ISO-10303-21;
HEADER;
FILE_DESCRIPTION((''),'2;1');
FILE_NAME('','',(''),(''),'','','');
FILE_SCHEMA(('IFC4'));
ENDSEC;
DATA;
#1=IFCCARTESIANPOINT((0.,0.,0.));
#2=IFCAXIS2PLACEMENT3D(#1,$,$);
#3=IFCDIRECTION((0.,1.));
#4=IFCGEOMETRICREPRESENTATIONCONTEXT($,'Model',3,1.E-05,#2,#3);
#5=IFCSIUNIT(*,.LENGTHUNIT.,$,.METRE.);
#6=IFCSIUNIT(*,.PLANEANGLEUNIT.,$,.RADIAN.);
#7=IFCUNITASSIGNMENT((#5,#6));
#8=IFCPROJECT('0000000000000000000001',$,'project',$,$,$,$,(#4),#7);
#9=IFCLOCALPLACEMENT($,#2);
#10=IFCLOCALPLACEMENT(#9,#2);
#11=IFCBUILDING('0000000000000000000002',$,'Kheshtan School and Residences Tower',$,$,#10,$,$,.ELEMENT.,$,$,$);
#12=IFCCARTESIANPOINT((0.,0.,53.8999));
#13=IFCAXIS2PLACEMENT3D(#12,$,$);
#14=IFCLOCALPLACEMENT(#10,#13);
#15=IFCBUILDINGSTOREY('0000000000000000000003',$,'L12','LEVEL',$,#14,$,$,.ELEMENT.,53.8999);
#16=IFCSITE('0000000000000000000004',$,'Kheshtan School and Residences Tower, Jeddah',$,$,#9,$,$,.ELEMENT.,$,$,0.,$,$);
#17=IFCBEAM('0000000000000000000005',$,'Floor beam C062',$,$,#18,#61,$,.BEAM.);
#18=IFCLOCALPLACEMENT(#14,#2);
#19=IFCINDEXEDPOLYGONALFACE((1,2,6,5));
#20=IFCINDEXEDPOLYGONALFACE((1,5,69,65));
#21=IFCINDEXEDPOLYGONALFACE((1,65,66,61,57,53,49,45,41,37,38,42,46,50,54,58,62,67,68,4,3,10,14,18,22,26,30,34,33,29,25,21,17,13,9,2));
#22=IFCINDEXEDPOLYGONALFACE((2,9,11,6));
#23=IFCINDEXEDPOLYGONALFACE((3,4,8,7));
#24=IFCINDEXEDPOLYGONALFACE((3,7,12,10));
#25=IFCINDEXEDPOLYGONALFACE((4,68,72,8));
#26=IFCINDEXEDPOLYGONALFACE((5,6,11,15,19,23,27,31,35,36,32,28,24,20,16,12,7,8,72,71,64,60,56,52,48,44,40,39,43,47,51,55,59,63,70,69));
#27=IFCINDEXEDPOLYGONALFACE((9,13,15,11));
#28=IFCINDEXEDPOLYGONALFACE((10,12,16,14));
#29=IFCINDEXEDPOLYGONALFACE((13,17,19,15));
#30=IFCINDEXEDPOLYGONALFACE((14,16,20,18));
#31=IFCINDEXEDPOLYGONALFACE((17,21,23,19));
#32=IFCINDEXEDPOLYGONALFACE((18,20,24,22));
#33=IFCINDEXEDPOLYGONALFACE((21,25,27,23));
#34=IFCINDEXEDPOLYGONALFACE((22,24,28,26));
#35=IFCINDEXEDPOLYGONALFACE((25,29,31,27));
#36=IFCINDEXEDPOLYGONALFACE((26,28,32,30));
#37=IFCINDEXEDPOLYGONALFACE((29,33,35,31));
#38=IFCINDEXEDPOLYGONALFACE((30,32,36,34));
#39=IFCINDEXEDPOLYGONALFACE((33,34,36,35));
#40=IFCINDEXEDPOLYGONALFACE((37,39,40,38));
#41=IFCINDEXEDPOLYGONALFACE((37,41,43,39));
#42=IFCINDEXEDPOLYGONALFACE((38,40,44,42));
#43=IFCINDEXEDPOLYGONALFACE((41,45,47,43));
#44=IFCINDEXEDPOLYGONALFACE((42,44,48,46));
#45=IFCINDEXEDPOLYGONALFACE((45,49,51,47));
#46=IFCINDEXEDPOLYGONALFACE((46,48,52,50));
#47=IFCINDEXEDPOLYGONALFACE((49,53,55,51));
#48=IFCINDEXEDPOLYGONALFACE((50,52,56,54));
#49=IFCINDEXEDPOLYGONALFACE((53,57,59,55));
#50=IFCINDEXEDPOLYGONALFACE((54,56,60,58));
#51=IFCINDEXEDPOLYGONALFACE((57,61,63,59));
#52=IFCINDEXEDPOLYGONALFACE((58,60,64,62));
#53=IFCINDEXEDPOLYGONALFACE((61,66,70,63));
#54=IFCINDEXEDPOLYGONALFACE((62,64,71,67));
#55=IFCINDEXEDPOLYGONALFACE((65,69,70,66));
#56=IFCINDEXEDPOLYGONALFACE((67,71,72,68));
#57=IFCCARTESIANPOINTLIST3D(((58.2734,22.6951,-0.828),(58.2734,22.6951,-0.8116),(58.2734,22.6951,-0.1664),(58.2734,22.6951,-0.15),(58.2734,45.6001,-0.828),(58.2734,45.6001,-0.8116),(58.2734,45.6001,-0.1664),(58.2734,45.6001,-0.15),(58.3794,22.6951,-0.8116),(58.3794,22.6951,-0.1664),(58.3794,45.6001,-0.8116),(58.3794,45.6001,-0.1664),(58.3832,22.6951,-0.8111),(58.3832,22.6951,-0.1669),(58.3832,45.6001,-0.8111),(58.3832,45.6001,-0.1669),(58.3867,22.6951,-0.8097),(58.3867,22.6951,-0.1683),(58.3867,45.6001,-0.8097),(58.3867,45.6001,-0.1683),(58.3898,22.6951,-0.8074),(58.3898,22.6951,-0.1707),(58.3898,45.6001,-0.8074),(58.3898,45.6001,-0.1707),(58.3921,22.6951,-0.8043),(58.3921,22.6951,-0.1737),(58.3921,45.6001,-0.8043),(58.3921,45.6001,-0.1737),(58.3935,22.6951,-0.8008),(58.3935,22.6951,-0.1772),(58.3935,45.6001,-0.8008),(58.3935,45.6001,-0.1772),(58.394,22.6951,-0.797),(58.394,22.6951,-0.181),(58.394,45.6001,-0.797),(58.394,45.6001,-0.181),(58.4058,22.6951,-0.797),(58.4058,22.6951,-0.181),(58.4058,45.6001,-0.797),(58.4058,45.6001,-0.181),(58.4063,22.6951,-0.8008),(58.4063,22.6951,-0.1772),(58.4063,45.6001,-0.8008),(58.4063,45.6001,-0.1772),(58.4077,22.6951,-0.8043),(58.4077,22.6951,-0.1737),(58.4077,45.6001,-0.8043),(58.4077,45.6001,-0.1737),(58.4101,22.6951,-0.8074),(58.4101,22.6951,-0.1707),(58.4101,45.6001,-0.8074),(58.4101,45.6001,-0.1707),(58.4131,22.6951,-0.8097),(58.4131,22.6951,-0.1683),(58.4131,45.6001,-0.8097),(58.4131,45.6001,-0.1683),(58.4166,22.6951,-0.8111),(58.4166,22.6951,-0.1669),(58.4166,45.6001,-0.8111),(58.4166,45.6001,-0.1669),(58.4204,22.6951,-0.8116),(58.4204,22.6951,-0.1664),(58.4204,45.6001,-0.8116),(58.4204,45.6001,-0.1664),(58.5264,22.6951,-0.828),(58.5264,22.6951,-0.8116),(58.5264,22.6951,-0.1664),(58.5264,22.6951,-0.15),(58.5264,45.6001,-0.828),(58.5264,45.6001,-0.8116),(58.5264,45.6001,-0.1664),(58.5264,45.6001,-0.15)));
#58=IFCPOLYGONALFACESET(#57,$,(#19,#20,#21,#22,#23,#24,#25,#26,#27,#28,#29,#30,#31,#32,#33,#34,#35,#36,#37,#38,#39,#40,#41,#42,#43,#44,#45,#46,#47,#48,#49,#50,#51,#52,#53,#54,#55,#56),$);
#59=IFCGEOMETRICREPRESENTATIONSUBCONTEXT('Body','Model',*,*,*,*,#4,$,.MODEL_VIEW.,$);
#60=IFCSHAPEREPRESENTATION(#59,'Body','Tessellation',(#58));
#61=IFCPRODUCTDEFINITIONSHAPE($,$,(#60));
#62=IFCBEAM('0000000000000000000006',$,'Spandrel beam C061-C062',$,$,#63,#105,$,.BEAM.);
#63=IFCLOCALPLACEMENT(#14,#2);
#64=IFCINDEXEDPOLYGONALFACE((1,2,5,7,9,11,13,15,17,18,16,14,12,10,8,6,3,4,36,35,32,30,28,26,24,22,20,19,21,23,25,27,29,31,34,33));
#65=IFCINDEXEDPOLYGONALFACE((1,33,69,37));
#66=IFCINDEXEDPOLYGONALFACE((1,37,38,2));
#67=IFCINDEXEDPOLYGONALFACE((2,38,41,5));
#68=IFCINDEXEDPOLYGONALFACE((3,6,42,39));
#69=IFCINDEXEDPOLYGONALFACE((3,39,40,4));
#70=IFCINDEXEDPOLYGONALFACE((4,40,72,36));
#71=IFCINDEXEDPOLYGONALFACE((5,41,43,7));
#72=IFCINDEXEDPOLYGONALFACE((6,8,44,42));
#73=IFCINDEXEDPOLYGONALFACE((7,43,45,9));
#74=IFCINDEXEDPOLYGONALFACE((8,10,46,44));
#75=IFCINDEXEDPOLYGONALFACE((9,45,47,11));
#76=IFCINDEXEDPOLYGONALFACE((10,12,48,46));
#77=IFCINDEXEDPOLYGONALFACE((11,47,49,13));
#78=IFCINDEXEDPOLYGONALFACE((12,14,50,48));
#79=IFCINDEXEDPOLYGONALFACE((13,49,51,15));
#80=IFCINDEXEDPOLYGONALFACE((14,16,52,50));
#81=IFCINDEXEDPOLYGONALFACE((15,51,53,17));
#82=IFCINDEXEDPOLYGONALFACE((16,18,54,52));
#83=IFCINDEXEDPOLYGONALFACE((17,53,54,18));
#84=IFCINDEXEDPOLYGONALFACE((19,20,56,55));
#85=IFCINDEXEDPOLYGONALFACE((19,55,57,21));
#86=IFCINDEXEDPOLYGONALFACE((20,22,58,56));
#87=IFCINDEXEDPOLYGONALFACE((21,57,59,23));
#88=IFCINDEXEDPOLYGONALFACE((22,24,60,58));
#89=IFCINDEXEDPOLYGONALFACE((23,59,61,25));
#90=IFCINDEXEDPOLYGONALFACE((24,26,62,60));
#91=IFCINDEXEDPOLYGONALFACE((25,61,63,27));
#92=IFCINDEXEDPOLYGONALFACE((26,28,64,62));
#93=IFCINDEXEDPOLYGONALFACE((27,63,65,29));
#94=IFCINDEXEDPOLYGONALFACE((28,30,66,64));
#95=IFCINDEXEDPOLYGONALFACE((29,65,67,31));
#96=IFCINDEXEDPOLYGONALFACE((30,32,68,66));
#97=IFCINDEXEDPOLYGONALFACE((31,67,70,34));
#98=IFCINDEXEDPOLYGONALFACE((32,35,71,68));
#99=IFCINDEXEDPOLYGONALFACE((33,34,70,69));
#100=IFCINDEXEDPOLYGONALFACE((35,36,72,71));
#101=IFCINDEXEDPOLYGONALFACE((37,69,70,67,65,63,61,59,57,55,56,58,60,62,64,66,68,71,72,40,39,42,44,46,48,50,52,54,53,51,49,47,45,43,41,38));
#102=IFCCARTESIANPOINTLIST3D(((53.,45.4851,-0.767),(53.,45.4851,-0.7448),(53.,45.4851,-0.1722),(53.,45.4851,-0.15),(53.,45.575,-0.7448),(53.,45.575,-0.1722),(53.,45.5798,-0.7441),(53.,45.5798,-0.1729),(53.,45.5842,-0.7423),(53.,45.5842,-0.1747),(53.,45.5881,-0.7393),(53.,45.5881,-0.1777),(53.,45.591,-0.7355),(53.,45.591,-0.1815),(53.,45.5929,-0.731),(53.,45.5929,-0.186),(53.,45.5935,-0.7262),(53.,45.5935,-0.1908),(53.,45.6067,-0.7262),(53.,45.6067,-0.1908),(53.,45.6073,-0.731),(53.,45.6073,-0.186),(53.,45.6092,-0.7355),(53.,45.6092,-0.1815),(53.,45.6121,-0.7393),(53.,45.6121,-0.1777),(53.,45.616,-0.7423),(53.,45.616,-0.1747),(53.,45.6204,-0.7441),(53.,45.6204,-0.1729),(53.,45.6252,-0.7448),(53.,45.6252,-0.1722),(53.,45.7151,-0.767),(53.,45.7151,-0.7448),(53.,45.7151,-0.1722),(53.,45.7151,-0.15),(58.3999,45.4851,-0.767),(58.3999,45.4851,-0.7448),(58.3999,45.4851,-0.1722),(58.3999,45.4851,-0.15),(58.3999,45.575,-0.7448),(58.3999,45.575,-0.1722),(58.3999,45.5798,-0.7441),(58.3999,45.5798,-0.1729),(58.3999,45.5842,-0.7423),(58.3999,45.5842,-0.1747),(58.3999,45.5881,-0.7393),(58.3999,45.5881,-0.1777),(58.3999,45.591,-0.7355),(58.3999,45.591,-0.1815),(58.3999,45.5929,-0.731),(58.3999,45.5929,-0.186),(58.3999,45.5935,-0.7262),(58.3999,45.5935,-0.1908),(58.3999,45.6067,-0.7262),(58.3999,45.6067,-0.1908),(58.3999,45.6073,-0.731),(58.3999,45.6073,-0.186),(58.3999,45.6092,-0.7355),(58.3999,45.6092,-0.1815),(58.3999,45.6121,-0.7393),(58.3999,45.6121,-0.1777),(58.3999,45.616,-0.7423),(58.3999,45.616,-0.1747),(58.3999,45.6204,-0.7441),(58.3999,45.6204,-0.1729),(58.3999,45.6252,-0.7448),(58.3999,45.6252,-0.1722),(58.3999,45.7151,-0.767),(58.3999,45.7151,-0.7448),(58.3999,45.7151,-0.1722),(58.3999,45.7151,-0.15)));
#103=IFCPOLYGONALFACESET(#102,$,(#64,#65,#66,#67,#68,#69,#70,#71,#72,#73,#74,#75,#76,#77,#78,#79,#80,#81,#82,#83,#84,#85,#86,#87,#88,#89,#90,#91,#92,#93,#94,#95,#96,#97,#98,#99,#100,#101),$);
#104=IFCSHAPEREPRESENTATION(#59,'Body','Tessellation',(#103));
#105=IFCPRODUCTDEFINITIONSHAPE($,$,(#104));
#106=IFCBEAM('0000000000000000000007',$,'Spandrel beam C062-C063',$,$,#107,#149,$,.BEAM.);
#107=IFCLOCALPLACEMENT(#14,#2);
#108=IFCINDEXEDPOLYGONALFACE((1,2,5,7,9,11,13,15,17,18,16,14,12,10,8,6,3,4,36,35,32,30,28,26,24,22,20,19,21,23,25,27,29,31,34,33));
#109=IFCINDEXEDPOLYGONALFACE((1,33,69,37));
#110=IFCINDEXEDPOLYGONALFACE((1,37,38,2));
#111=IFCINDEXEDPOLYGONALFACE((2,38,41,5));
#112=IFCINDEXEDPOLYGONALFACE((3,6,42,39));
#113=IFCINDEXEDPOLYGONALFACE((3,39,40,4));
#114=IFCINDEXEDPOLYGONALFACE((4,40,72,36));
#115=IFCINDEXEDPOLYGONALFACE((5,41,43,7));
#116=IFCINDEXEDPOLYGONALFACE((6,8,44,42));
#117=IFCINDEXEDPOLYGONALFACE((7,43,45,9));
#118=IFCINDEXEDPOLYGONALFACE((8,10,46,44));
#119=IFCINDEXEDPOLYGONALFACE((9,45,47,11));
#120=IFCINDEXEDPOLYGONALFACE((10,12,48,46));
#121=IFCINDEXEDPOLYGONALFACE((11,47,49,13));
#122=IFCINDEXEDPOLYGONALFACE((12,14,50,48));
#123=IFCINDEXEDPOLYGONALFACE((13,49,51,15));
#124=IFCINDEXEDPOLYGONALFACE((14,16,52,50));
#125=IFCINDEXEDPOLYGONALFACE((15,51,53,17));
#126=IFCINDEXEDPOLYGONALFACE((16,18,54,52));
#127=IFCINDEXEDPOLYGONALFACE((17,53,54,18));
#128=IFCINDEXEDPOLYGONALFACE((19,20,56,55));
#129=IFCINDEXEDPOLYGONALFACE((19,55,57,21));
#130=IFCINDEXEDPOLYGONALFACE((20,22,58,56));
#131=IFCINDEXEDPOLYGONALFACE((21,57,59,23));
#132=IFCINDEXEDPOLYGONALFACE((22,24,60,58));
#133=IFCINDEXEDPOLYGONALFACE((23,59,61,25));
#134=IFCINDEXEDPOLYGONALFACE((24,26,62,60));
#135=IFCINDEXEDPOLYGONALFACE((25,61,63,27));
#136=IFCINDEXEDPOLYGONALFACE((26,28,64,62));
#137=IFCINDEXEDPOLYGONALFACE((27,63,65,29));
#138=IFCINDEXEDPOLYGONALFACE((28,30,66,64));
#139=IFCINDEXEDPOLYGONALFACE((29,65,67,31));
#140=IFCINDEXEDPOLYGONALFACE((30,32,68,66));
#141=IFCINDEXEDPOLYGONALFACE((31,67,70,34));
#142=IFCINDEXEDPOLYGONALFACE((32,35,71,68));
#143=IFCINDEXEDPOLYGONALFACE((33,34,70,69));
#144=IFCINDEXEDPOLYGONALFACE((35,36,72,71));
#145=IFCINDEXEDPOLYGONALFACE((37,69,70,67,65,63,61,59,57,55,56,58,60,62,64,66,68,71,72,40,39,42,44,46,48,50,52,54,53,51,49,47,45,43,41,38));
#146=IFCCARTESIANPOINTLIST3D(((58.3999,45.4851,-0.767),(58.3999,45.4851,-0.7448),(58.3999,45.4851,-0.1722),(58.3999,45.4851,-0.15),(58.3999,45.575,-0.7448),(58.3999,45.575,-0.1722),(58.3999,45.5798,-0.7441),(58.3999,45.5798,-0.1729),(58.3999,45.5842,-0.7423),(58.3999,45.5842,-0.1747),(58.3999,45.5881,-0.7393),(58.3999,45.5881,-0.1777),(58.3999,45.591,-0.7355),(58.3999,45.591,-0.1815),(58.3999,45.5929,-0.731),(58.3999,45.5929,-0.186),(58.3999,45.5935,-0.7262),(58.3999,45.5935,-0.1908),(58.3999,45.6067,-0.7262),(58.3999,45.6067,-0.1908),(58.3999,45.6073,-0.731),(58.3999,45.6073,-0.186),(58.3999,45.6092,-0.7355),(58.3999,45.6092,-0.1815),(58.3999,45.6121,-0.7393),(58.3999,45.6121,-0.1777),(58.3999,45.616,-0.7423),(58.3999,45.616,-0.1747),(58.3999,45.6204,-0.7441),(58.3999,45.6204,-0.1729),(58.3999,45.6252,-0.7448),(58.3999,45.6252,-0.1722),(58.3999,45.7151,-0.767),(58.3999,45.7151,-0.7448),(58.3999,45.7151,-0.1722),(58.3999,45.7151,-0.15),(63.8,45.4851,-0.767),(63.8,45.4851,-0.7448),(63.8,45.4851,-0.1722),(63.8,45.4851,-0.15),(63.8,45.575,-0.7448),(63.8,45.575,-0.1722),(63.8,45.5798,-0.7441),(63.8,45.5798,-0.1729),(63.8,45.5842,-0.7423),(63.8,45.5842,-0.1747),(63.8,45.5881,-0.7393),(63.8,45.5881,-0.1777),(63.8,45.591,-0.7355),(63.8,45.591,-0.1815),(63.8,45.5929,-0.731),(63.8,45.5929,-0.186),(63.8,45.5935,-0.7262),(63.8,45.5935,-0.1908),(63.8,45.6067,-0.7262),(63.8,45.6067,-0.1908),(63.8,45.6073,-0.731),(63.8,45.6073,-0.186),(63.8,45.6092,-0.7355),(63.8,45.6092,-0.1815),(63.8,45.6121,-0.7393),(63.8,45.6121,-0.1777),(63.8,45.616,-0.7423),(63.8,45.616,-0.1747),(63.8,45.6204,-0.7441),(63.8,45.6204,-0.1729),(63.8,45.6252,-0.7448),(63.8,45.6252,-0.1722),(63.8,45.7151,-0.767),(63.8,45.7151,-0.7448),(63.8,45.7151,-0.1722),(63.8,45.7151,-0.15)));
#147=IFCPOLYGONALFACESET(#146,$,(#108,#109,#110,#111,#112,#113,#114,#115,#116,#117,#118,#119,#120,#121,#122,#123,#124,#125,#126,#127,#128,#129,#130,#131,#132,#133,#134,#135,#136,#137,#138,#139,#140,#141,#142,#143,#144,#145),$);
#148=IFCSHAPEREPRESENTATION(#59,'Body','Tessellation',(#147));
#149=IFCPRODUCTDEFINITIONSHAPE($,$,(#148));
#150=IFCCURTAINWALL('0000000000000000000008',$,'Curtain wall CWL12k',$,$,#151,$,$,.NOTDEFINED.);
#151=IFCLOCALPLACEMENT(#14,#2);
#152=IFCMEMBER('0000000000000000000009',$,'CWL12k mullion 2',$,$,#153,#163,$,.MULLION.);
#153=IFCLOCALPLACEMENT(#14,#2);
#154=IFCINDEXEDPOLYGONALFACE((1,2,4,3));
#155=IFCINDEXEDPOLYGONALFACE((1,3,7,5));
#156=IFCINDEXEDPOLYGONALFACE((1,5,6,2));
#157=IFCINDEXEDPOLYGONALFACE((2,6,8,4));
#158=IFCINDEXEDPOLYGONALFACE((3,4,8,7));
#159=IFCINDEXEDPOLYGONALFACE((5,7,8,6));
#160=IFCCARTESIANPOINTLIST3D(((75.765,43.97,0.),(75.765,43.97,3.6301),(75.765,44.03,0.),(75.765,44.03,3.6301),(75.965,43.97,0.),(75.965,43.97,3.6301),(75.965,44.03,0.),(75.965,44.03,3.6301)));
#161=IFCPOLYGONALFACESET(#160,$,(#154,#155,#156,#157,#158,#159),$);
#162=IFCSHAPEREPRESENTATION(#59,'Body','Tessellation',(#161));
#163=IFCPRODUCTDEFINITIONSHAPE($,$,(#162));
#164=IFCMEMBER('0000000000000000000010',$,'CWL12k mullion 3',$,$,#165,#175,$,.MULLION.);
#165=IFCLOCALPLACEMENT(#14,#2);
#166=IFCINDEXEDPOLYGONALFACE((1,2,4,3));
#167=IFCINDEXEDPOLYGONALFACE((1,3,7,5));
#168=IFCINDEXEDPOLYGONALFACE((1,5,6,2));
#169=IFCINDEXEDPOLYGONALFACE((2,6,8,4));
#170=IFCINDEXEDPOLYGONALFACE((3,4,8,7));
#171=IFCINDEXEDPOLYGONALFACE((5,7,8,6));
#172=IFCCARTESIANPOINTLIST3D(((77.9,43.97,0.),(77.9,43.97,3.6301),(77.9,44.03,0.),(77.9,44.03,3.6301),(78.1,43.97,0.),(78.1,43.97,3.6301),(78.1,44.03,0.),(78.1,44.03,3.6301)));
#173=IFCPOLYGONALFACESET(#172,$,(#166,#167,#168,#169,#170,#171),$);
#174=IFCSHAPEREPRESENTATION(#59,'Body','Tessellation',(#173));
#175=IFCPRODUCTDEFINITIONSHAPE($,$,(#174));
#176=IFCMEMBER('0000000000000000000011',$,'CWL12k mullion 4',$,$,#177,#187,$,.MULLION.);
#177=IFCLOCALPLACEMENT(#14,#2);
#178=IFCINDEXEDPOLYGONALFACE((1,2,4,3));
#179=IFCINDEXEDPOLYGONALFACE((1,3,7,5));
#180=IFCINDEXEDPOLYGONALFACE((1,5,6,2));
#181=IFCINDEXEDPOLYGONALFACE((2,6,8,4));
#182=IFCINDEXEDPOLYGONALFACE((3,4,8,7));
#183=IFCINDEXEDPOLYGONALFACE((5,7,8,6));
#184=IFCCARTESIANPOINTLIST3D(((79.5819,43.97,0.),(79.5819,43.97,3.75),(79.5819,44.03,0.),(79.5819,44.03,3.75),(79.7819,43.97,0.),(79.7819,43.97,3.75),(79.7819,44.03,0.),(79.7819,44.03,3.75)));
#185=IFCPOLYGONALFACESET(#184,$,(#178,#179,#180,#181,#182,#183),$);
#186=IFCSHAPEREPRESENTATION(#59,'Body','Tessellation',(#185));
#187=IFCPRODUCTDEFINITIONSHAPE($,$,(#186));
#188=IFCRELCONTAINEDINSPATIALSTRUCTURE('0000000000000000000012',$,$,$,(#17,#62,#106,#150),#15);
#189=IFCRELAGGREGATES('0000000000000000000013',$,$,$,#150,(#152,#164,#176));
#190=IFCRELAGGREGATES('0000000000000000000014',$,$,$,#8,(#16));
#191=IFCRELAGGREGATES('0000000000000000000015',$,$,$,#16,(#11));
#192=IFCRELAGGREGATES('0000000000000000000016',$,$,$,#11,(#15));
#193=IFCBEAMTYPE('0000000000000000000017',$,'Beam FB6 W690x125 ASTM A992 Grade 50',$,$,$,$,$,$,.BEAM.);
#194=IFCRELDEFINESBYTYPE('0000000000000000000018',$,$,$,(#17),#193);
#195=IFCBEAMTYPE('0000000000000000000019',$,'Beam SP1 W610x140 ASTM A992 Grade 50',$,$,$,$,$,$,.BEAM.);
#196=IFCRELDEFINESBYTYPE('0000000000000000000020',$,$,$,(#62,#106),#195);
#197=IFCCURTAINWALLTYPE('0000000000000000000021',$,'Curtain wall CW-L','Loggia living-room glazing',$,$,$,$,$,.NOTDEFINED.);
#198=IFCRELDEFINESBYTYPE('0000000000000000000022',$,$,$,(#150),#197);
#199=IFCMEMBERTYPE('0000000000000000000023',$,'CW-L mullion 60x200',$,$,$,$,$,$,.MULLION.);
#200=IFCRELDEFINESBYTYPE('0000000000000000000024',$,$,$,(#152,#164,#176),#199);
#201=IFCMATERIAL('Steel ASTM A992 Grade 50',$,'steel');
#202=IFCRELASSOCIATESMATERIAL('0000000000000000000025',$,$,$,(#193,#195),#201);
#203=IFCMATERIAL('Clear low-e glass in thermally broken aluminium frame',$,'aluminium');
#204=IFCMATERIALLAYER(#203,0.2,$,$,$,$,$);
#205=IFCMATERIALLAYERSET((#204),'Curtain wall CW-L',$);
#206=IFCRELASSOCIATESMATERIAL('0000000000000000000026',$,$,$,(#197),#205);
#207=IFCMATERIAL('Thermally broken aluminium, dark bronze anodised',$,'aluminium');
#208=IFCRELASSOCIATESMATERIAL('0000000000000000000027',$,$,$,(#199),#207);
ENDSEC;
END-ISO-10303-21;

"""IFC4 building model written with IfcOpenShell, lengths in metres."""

from ifc_helpers import new_model, si_unit, direction, frame, origin, origin_2d, place, context, subcontext, project, spatial, rectangle, i_section, extrude, material, layer, layer_set, material_profile, profile_set, type_object, element, aggregate, save


model = new_model("IFC4")

# Units and contexts
model_context = context("Model", 3, precision=1e-05, world=origin(), true_north=direction((0.0, 1.0)))
body_context = subcontext(model_context, "Body", "Model", "MODEL_VIEW")
ifc_project = project(units=[si_unit("LENGTHUNIT", "METRE"), si_unit("PLANEANGLEUNIT", "RADIAN")], contexts=[model_context])

# Site, building, storey
site_placement = place(None, origin())
site = spatial("IfcSite", under=ifc_project, at=site_placement, Name="Kheshtan School and Residences Tower, Jeddah", CompositionType="ELEMENT", RefElevation=0.0)
building_placement = place(site_placement, origin())
building = spatial("IfcBuilding", under=site, at=building_placement, Name="Kheshtan School and Residences Tower", CompositionType="ELEMENT")
storey_placement = place(building_placement, frame((0.0, 0.0, 53.8999)))
storey = spatial("IfcBuildingStorey", under=building, at=storey_placement, Name="L12", Description="LEVEL", CompositionType="ELEMENT", Elevation=53.8999)

# Shared definitions
ifc_material_1 = material(Name="Steel ASTM A992 Grade 50", Category="steel")

# Beams
ifc_material_profile_1 = material_profile(ifc_material_1, i_section(OverallWidth=0.2529, OverallDepth=0.678, WebThickness=0.0117, FlangeThickness=0.0164, FilletRadius=0.0146, at=origin_2d()), Name="W690x125")
ifc_profile_set_1 = profile_set([ifc_material_profile_1], Name="Steel ASTM A992 Grade 50")
beam_type_1 = type_object("IfcBeamType", Name="Beam FB6 W690x125 ASTM A992 Grade 50", PredefinedType="BEAM", material=ifc_profile_set_1)
beam_1_placement = place(storey_placement, frame((58.3999, 45.6001, -0.489), z_axis=(0.0, -1.0, 0.0), x_axis=(1.0, 0.0, 0.0)))
element("IfcBeam", 1, at=beam_1_placement, inside=storey, type_object=beam_type_1, Name="Floor beam C062", PredefinedType="BEAM", context=body_context, shape_type="SweptSolid", body=[
    extrude(i_section(OverallWidth=0.2529, OverallDepth=0.678, WebThickness=0.0117, FlangeThickness=0.0164, FilletRadius=0.0146, at=origin_2d()), origin(), (0.0, 0.0, 1.0), 22.905),
])
ifc_material_profile_2 = material_profile(ifc_material_1, i_section(OverallWidth=0.23, OverallDepth=0.6169, WebThickness=0.0132, FlangeThickness=0.0222, FilletRadius=0.0186, at=origin_2d()), Name="W610x140")
ifc_profile_set_2 = profile_set([ifc_material_profile_2], Name="Steel ASTM A992 Grade 50")
beam_type_2 = type_object("IfcBeamType", Name="Beam SP1 W610x140 ASTM A992 Grade 50", PredefinedType="BEAM", material=ifc_profile_set_2)
beam_2_placement = place(storey_placement, frame((53.0, 45.6001, -0.4585), z_axis=(1.0, 0.0, 0.0), x_axis=(0.0, 1.0, 0.0)))
element("IfcBeam", 2, at=beam_2_placement, inside=storey, type_object=beam_type_2, Name="Spandrel beam C061-C062", PredefinedType="BEAM", context=body_context, shape_type="SweptSolid", body=[
    extrude(i_section(OverallWidth=0.23, OverallDepth=0.6169, WebThickness=0.0132, FlangeThickness=0.0222, FilletRadius=0.0186, at=origin_2d()), origin(), (0.0, 0.0, 1.0), 5.3999),
])
beam_3_placement = place(storey_placement, frame((58.3999, 45.6001, -0.4585), z_axis=(1.0, 0.0, 0.0), x_axis=(0.0, 1.0, 0.0)))
element("IfcBeam", 3, at=beam_3_placement, inside=storey, type_object=beam_type_2, Name="Spandrel beam C062-C063", PredefinedType="BEAM", context=body_context, shape_type="SweptSolid", body=[
    extrude(i_section(OverallWidth=0.23, OverallDepth=0.6169, WebThickness=0.0132, FlangeThickness=0.0222, FilletRadius=0.0186, at=origin_2d()), origin(), (0.0, 0.0, 1.0), 5.4001),
])

# Curtain wall, members
ifc_material_2 = material(Name="Clear low-e glass in thermally broken aluminium frame", Category="aluminium")
ifc_layer_1 = layer(ifc_material_2, 0.2)
ifc_layer_set_1 = layer_set([ifc_layer_1], Name="Curtain wall CW-L")
curtain_wall_type = type_object("IfcCurtainWallType", Name="Curtain wall CW-L", Description="Loggia living-room glazing", PredefinedType="NOTDEFINED", material=ifc_layer_set_1)
curtain_wall_1_placement = place(storey_placement, origin())
curtain_wall_1 = element("IfcCurtainWall", 4, at=curtain_wall_1_placement, inside=storey, type_object=curtain_wall_type, Name="Curtain wall CWL12k", PredefinedType="NOTDEFINED")
ifc_material_3 = material(Name="Thermally broken aluminium, dark bronze anodised", Category="aluminium")
ifc_material_profile_3 = material_profile(ifc_material_3, rectangle(XDim=0.0601, YDim=0.2, at=origin_2d()), Name="CW-L mullion 60x200")
ifc_profile_set_3 = profile_set([ifc_material_profile_3], Name="Thermally broken aluminium, dark bronze anodised")
member_type_1 = type_object("IfcMemberType", Name="CW-L mullion 60x200", PredefinedType="MULLION", material=ifc_profile_set_3)
member_1_placement = place(storey_placement, frame((75.865, 44.0, 0.0), z_axis=(0.0, 0.0, 1.0), x_axis=(0.0, 1.0, 0.0)))
member_1 = element("IfcMember", 5, at=member_1_placement, type_object=member_type_1, Name="CWL12k mullion 2", PredefinedType="MULLION", context=body_context, shape_type="SweptSolid", body=[
    extrude(rectangle(XDim=0.0601, YDim=0.2, at=origin_2d()), origin(), (0.0, 0.0, 1.0), 3.6301),
])
member_2_placement = place(storey_placement, frame((78.0, 44.0, 0.0), z_axis=(0.0, 0.0, 1.0), x_axis=(0.0, 1.0, 0.0)))
member_2 = element("IfcMember", 6, at=member_2_placement, type_object=member_type_1, Name="CWL12k mullion 3", PredefinedType="MULLION", context=body_context, shape_type="SweptSolid", body=[
    extrude(rectangle(XDim=0.0601, YDim=0.2, at=origin_2d()), origin(), (0.0, 0.0, 1.0), 3.6301),
])
member_3_placement = place(storey_placement, frame((79.6819, 44.0, 0.0), z_axis=(0.0, 0.0, 1.0), x_axis=(0.0, 1.0, 0.0)))
member_3 = element("IfcMember", 7, at=member_3_placement, type_object=member_type_1, Name="CWL12k mullion 4", PredefinedType="MULLION", context=body_context, shape_type="SweptSolid", body=[
    extrude(rectangle(XDim=0.0601, YDim=0.2, at=origin_2d()), origin(), (0.0, 0.0, 1.0), 3.75),
])

aggregate(curtain_wall_1, [member_1, member_2, member_3])

save(model, "model.ifc")
